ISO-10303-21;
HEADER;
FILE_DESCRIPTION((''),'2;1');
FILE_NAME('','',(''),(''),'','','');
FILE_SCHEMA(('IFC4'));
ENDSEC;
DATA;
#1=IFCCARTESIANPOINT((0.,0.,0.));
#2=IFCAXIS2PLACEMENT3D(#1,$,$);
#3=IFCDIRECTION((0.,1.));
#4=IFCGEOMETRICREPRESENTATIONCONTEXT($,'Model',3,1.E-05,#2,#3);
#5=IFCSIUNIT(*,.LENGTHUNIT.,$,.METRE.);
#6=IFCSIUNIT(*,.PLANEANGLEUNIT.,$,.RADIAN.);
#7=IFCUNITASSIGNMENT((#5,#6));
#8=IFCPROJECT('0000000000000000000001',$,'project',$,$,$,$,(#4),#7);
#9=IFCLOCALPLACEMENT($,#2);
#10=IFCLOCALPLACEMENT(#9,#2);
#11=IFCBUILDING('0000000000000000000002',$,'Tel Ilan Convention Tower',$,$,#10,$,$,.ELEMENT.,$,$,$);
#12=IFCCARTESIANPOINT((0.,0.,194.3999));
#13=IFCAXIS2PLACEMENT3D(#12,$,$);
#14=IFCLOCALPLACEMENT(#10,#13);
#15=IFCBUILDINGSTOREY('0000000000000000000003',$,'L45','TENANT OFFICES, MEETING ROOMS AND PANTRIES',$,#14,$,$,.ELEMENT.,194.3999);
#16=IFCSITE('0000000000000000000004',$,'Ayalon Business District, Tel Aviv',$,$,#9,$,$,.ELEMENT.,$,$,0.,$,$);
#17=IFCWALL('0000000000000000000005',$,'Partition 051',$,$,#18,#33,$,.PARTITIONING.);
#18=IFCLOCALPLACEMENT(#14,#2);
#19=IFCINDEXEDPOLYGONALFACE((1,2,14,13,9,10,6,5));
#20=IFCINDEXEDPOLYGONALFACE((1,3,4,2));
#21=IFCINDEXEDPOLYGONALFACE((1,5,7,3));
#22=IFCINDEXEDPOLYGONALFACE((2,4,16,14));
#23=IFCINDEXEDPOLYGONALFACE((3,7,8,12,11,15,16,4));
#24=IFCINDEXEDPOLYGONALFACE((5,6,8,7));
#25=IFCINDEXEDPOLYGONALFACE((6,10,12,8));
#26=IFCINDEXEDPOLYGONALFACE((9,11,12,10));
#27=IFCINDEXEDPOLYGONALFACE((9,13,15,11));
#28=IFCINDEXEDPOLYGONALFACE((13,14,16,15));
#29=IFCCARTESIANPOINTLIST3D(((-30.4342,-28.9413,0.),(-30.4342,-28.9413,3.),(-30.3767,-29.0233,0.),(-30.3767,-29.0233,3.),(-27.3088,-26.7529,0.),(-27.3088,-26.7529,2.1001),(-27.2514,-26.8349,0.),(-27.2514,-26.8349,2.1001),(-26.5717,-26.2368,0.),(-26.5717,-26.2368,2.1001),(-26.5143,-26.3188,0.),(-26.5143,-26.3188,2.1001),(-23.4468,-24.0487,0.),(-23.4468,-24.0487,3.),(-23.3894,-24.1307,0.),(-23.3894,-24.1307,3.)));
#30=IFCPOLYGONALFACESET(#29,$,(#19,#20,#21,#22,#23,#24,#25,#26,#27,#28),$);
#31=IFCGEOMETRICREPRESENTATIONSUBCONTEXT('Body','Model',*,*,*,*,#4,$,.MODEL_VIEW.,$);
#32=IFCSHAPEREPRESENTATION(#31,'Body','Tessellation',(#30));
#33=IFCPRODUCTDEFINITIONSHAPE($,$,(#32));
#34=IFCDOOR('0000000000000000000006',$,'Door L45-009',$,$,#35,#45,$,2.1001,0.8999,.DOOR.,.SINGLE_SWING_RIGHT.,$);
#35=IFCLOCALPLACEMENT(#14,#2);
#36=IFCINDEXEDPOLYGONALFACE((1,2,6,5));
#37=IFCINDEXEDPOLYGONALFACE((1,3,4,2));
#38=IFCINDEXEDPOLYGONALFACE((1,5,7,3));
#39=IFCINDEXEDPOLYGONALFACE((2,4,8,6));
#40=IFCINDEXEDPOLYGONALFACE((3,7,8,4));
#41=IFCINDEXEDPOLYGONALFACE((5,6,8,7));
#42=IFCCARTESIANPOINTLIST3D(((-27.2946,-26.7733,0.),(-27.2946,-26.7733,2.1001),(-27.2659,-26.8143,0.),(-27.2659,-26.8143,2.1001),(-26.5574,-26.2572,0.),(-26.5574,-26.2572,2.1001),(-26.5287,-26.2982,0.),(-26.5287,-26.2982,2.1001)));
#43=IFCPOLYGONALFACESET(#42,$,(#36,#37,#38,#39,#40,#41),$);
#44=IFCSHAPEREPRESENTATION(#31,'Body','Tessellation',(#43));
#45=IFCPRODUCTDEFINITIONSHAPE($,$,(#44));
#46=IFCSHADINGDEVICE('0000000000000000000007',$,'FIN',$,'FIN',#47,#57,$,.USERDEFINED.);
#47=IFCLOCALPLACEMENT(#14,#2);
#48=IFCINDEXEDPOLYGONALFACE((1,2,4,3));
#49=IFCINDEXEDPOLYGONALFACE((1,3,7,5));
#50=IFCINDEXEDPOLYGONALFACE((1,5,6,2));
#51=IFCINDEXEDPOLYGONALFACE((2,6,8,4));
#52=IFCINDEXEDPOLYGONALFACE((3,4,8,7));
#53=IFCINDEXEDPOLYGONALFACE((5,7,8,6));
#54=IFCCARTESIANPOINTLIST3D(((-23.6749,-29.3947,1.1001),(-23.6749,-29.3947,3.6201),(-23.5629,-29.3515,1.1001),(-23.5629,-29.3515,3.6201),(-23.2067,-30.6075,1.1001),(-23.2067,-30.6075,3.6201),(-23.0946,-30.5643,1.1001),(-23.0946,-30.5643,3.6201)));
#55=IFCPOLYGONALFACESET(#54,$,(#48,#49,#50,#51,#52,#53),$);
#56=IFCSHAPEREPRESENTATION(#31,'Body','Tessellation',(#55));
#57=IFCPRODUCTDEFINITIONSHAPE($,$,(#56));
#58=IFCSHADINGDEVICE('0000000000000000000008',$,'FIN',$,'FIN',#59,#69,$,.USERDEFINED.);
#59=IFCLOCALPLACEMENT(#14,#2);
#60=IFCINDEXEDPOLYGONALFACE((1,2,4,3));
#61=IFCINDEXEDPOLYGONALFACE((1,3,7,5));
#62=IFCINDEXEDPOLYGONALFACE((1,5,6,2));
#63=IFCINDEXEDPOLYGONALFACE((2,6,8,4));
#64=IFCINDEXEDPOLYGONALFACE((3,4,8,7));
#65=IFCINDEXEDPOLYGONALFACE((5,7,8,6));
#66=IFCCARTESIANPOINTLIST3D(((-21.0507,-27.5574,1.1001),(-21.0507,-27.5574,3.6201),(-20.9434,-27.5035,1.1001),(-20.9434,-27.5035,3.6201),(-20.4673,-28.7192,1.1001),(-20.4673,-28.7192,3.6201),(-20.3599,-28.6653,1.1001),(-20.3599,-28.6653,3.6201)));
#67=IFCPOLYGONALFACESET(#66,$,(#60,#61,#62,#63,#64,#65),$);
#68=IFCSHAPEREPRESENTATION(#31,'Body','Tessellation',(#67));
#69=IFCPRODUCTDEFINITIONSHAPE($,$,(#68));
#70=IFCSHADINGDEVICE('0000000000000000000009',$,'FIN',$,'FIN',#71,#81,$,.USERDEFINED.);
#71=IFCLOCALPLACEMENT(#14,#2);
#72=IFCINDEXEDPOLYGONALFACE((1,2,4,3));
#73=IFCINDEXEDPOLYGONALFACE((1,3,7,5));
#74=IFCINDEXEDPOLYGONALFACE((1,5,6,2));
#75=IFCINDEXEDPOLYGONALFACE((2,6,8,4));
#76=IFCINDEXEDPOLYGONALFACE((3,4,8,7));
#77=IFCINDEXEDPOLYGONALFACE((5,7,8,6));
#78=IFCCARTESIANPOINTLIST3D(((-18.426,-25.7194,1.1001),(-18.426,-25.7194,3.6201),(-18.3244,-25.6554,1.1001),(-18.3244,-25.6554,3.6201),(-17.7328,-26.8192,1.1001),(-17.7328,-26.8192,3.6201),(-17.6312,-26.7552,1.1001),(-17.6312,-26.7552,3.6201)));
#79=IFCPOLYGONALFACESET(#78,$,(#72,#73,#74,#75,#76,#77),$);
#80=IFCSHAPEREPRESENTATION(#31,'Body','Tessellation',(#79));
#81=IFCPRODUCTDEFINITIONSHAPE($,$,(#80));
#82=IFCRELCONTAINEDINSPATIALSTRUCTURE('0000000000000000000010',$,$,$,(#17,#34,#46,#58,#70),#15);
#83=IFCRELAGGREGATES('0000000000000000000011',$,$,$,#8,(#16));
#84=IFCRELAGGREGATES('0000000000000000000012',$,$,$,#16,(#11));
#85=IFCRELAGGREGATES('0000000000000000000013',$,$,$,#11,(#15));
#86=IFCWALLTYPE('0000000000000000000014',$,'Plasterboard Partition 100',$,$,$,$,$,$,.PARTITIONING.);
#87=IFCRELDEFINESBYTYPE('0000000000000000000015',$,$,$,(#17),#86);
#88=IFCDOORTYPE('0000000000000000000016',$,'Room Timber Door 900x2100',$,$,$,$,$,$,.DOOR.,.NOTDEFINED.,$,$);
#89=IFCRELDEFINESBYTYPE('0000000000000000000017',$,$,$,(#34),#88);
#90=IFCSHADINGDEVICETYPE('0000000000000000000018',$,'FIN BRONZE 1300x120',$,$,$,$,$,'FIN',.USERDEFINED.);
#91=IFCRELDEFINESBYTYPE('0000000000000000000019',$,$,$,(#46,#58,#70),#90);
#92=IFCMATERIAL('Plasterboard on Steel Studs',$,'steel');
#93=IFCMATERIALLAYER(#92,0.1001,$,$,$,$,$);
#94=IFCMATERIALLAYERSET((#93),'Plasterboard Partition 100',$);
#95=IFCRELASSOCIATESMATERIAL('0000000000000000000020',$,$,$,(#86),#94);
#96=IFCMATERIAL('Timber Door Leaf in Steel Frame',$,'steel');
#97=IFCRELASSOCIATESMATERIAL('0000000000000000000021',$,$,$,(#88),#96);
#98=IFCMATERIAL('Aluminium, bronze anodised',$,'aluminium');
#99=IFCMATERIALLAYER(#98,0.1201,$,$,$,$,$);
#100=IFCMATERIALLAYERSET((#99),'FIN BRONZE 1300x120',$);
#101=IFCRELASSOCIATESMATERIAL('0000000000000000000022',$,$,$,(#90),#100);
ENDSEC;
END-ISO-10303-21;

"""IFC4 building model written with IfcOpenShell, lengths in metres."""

from ifc_helpers import new_model, si_unit, direction, frame, frame_2d, origin, origin_2d, place, context, subcontext, project, spatial, rectangle, extrude, material, layer, layer_set, type_object, element, fill, save


model = new_model("IFC4")

# Units and contexts
model_context = context("Model", 3, precision=1e-05, world=origin(), true_north=direction((0.0, 1.0)))
body_context = subcontext(model_context, "Body", "Model", "MODEL_VIEW")
ifc_project = project(units=[si_unit("LENGTHUNIT", "METRE"), si_unit("PLANEANGLEUNIT", "RADIAN")], contexts=[model_context])

# Site, building, storey
site_placement = place(None, origin())
site = spatial("IfcSite", under=ifc_project, at=site_placement, Name="Ayalon Business District, Tel Aviv", CompositionType="ELEMENT", RefElevation=0.0)
building_placement = place(site_placement, origin())
building = spatial("IfcBuilding", under=site, at=building_placement, Name="Tel Ilan Convention Tower", CompositionType="ELEMENT")
storey_placement = place(building_placement, frame((0.0, 0.0, 194.3999)))
storey = spatial("IfcBuildingStorey", under=building, at=storey_placement, Name="L45", Description="TENANT OFFICES, MEETING ROOMS AND PANTRIES", CompositionType="ELEMENT", Elevation=194.3999)

# Wall, opening, door
ifc_material_1 = material(Name="Plasterboard on Steel Studs", Category="steel")
ifc_layer_1 = layer(ifc_material_1, 0.1001)
ifc_layer_set_1 = layer_set([ifc_layer_1], Name="Plasterboard Partition 100")
wall_type_1 = type_object("IfcWallType", Name="Plasterboard Partition 100", PredefinedType="PARTITIONING", material=ifc_layer_set_1)
wall_1_placement = place(storey_placement, frame((-23.418, -24.0896, 0.0), z_axis=(0.0, 0.0, 1.0), x_axis=(-0.819151, -0.573578, 0.0)))
wall_1 = element("IfcWall", 1, at=wall_1_placement, inside=storey, type_object=wall_type_1, Name="Partition 051", PredefinedType="PARTITIONING", context=body_context, shape_type="SweptSolid", body=[
    extrude(rectangle(XDim=8.53, YDim=0.1001, at=frame_2d((4.2651, 0.0))), origin(), (0.0, 0.0, 1.0), 3.0),
])
opening_1_placement = place(wall_1_placement, frame((3.8149, 0.0, 0.0)))
opening_1 = element("IfcOpeningElement", 2, at=opening_1_placement, cuts=wall_1, PredefinedType="OPENING", context=body_context, shape_type="SweptSolid", body=[
    extrude(rectangle(XDim=0.8999, YDim=2.1001, at=frame_2d((0.45, 1.05))), frame((0.0, 0.0601, 0.0), z_axis=(0.0, -1.0, 0.0), x_axis=(1.0, 0.0, 0.0)), (0.0, 0.0, 1.0), 0.1201),
])
ifc_material_2 = material(Name="Timber Door Leaf in Steel Frame", Category="steel")
door_type_1 = type_object("IfcDoorType", Name="Room Timber Door 900x2100", OperationType="NOTDEFINED", PredefinedType="DOOR", material=ifc_material_2)
door_1_placement = place(opening_1_placement, origin())
door_1 = element("IfcDoor", 3, at=door_1_placement, inside=storey, type_object=door_type_1, Name="Door L45-009", OperationType="SINGLE_SWING_RIGHT", OverallHeight=2.1001, OverallWidth=0.8999, PredefinedType="DOOR", context=body_context, shape_type="SweptSolid", body=[
    extrude(rectangle(XDim=0.8999, YDim=2.1001, at=frame_2d((0.45, 1.05))), frame((0.0, 0.0249, 0.0), z_axis=(0.0, -1.0, 0.0), x_axis=(1.0, 0.0, 0.0)), (0.0, 0.0, 1.0), 0.05),
])
fill(opening_1, door_1)

# Shading devices
ifc_material_3 = material(Name="Aluminium, bronze anodised", Category="aluminium")
ifc_layer_2 = layer(ifc_material_3, 0.1201)
ifc_layer_set_2 = layer_set([ifc_layer_2], Name="FIN BRONZE 1300x120")
shading_device_type = type_object("IfcShadingDeviceType", Name="FIN BRONZE 1300x120", ElementType="FIN", PredefinedType="USERDEFINED", material=ifc_layer_set_2)
for number, where, z_axis, x_axis, name in (
    (4, (-23.3848, -29.9795, 1.1001), (0.0, 0.0, 1.0), (0.360178, -0.932884, 0.0), "FIN"),
    (5, (-20.7053, -28.1113, 1.1001), (0.0, 0.0, 1.0), (0.448799, -0.893633, 0.0), "FIN"),
    (6, (-18.0286, -26.2373, 1.1001), (0.0, 0.0, 1.0), (0.533204, -0.845986, 0.0), "FIN"),
):
    element("IfcShadingDevice", number, at=place(storey_placement, frame(where, z_axis=z_axis, x_axis=x_axis)), inside=storey, type_object=shading_device_type, Name=name, ObjectType="FIN", PredefinedType="USERDEFINED", context=body_context, shape_type="SweptSolid", body=[
        extrude(rectangle(XDim=1.3, YDim=0.1201, at=origin_2d()), origin(), (0.0, 0.0, 1.0), 2.52),
    ])

save(model, "model.ifc")
